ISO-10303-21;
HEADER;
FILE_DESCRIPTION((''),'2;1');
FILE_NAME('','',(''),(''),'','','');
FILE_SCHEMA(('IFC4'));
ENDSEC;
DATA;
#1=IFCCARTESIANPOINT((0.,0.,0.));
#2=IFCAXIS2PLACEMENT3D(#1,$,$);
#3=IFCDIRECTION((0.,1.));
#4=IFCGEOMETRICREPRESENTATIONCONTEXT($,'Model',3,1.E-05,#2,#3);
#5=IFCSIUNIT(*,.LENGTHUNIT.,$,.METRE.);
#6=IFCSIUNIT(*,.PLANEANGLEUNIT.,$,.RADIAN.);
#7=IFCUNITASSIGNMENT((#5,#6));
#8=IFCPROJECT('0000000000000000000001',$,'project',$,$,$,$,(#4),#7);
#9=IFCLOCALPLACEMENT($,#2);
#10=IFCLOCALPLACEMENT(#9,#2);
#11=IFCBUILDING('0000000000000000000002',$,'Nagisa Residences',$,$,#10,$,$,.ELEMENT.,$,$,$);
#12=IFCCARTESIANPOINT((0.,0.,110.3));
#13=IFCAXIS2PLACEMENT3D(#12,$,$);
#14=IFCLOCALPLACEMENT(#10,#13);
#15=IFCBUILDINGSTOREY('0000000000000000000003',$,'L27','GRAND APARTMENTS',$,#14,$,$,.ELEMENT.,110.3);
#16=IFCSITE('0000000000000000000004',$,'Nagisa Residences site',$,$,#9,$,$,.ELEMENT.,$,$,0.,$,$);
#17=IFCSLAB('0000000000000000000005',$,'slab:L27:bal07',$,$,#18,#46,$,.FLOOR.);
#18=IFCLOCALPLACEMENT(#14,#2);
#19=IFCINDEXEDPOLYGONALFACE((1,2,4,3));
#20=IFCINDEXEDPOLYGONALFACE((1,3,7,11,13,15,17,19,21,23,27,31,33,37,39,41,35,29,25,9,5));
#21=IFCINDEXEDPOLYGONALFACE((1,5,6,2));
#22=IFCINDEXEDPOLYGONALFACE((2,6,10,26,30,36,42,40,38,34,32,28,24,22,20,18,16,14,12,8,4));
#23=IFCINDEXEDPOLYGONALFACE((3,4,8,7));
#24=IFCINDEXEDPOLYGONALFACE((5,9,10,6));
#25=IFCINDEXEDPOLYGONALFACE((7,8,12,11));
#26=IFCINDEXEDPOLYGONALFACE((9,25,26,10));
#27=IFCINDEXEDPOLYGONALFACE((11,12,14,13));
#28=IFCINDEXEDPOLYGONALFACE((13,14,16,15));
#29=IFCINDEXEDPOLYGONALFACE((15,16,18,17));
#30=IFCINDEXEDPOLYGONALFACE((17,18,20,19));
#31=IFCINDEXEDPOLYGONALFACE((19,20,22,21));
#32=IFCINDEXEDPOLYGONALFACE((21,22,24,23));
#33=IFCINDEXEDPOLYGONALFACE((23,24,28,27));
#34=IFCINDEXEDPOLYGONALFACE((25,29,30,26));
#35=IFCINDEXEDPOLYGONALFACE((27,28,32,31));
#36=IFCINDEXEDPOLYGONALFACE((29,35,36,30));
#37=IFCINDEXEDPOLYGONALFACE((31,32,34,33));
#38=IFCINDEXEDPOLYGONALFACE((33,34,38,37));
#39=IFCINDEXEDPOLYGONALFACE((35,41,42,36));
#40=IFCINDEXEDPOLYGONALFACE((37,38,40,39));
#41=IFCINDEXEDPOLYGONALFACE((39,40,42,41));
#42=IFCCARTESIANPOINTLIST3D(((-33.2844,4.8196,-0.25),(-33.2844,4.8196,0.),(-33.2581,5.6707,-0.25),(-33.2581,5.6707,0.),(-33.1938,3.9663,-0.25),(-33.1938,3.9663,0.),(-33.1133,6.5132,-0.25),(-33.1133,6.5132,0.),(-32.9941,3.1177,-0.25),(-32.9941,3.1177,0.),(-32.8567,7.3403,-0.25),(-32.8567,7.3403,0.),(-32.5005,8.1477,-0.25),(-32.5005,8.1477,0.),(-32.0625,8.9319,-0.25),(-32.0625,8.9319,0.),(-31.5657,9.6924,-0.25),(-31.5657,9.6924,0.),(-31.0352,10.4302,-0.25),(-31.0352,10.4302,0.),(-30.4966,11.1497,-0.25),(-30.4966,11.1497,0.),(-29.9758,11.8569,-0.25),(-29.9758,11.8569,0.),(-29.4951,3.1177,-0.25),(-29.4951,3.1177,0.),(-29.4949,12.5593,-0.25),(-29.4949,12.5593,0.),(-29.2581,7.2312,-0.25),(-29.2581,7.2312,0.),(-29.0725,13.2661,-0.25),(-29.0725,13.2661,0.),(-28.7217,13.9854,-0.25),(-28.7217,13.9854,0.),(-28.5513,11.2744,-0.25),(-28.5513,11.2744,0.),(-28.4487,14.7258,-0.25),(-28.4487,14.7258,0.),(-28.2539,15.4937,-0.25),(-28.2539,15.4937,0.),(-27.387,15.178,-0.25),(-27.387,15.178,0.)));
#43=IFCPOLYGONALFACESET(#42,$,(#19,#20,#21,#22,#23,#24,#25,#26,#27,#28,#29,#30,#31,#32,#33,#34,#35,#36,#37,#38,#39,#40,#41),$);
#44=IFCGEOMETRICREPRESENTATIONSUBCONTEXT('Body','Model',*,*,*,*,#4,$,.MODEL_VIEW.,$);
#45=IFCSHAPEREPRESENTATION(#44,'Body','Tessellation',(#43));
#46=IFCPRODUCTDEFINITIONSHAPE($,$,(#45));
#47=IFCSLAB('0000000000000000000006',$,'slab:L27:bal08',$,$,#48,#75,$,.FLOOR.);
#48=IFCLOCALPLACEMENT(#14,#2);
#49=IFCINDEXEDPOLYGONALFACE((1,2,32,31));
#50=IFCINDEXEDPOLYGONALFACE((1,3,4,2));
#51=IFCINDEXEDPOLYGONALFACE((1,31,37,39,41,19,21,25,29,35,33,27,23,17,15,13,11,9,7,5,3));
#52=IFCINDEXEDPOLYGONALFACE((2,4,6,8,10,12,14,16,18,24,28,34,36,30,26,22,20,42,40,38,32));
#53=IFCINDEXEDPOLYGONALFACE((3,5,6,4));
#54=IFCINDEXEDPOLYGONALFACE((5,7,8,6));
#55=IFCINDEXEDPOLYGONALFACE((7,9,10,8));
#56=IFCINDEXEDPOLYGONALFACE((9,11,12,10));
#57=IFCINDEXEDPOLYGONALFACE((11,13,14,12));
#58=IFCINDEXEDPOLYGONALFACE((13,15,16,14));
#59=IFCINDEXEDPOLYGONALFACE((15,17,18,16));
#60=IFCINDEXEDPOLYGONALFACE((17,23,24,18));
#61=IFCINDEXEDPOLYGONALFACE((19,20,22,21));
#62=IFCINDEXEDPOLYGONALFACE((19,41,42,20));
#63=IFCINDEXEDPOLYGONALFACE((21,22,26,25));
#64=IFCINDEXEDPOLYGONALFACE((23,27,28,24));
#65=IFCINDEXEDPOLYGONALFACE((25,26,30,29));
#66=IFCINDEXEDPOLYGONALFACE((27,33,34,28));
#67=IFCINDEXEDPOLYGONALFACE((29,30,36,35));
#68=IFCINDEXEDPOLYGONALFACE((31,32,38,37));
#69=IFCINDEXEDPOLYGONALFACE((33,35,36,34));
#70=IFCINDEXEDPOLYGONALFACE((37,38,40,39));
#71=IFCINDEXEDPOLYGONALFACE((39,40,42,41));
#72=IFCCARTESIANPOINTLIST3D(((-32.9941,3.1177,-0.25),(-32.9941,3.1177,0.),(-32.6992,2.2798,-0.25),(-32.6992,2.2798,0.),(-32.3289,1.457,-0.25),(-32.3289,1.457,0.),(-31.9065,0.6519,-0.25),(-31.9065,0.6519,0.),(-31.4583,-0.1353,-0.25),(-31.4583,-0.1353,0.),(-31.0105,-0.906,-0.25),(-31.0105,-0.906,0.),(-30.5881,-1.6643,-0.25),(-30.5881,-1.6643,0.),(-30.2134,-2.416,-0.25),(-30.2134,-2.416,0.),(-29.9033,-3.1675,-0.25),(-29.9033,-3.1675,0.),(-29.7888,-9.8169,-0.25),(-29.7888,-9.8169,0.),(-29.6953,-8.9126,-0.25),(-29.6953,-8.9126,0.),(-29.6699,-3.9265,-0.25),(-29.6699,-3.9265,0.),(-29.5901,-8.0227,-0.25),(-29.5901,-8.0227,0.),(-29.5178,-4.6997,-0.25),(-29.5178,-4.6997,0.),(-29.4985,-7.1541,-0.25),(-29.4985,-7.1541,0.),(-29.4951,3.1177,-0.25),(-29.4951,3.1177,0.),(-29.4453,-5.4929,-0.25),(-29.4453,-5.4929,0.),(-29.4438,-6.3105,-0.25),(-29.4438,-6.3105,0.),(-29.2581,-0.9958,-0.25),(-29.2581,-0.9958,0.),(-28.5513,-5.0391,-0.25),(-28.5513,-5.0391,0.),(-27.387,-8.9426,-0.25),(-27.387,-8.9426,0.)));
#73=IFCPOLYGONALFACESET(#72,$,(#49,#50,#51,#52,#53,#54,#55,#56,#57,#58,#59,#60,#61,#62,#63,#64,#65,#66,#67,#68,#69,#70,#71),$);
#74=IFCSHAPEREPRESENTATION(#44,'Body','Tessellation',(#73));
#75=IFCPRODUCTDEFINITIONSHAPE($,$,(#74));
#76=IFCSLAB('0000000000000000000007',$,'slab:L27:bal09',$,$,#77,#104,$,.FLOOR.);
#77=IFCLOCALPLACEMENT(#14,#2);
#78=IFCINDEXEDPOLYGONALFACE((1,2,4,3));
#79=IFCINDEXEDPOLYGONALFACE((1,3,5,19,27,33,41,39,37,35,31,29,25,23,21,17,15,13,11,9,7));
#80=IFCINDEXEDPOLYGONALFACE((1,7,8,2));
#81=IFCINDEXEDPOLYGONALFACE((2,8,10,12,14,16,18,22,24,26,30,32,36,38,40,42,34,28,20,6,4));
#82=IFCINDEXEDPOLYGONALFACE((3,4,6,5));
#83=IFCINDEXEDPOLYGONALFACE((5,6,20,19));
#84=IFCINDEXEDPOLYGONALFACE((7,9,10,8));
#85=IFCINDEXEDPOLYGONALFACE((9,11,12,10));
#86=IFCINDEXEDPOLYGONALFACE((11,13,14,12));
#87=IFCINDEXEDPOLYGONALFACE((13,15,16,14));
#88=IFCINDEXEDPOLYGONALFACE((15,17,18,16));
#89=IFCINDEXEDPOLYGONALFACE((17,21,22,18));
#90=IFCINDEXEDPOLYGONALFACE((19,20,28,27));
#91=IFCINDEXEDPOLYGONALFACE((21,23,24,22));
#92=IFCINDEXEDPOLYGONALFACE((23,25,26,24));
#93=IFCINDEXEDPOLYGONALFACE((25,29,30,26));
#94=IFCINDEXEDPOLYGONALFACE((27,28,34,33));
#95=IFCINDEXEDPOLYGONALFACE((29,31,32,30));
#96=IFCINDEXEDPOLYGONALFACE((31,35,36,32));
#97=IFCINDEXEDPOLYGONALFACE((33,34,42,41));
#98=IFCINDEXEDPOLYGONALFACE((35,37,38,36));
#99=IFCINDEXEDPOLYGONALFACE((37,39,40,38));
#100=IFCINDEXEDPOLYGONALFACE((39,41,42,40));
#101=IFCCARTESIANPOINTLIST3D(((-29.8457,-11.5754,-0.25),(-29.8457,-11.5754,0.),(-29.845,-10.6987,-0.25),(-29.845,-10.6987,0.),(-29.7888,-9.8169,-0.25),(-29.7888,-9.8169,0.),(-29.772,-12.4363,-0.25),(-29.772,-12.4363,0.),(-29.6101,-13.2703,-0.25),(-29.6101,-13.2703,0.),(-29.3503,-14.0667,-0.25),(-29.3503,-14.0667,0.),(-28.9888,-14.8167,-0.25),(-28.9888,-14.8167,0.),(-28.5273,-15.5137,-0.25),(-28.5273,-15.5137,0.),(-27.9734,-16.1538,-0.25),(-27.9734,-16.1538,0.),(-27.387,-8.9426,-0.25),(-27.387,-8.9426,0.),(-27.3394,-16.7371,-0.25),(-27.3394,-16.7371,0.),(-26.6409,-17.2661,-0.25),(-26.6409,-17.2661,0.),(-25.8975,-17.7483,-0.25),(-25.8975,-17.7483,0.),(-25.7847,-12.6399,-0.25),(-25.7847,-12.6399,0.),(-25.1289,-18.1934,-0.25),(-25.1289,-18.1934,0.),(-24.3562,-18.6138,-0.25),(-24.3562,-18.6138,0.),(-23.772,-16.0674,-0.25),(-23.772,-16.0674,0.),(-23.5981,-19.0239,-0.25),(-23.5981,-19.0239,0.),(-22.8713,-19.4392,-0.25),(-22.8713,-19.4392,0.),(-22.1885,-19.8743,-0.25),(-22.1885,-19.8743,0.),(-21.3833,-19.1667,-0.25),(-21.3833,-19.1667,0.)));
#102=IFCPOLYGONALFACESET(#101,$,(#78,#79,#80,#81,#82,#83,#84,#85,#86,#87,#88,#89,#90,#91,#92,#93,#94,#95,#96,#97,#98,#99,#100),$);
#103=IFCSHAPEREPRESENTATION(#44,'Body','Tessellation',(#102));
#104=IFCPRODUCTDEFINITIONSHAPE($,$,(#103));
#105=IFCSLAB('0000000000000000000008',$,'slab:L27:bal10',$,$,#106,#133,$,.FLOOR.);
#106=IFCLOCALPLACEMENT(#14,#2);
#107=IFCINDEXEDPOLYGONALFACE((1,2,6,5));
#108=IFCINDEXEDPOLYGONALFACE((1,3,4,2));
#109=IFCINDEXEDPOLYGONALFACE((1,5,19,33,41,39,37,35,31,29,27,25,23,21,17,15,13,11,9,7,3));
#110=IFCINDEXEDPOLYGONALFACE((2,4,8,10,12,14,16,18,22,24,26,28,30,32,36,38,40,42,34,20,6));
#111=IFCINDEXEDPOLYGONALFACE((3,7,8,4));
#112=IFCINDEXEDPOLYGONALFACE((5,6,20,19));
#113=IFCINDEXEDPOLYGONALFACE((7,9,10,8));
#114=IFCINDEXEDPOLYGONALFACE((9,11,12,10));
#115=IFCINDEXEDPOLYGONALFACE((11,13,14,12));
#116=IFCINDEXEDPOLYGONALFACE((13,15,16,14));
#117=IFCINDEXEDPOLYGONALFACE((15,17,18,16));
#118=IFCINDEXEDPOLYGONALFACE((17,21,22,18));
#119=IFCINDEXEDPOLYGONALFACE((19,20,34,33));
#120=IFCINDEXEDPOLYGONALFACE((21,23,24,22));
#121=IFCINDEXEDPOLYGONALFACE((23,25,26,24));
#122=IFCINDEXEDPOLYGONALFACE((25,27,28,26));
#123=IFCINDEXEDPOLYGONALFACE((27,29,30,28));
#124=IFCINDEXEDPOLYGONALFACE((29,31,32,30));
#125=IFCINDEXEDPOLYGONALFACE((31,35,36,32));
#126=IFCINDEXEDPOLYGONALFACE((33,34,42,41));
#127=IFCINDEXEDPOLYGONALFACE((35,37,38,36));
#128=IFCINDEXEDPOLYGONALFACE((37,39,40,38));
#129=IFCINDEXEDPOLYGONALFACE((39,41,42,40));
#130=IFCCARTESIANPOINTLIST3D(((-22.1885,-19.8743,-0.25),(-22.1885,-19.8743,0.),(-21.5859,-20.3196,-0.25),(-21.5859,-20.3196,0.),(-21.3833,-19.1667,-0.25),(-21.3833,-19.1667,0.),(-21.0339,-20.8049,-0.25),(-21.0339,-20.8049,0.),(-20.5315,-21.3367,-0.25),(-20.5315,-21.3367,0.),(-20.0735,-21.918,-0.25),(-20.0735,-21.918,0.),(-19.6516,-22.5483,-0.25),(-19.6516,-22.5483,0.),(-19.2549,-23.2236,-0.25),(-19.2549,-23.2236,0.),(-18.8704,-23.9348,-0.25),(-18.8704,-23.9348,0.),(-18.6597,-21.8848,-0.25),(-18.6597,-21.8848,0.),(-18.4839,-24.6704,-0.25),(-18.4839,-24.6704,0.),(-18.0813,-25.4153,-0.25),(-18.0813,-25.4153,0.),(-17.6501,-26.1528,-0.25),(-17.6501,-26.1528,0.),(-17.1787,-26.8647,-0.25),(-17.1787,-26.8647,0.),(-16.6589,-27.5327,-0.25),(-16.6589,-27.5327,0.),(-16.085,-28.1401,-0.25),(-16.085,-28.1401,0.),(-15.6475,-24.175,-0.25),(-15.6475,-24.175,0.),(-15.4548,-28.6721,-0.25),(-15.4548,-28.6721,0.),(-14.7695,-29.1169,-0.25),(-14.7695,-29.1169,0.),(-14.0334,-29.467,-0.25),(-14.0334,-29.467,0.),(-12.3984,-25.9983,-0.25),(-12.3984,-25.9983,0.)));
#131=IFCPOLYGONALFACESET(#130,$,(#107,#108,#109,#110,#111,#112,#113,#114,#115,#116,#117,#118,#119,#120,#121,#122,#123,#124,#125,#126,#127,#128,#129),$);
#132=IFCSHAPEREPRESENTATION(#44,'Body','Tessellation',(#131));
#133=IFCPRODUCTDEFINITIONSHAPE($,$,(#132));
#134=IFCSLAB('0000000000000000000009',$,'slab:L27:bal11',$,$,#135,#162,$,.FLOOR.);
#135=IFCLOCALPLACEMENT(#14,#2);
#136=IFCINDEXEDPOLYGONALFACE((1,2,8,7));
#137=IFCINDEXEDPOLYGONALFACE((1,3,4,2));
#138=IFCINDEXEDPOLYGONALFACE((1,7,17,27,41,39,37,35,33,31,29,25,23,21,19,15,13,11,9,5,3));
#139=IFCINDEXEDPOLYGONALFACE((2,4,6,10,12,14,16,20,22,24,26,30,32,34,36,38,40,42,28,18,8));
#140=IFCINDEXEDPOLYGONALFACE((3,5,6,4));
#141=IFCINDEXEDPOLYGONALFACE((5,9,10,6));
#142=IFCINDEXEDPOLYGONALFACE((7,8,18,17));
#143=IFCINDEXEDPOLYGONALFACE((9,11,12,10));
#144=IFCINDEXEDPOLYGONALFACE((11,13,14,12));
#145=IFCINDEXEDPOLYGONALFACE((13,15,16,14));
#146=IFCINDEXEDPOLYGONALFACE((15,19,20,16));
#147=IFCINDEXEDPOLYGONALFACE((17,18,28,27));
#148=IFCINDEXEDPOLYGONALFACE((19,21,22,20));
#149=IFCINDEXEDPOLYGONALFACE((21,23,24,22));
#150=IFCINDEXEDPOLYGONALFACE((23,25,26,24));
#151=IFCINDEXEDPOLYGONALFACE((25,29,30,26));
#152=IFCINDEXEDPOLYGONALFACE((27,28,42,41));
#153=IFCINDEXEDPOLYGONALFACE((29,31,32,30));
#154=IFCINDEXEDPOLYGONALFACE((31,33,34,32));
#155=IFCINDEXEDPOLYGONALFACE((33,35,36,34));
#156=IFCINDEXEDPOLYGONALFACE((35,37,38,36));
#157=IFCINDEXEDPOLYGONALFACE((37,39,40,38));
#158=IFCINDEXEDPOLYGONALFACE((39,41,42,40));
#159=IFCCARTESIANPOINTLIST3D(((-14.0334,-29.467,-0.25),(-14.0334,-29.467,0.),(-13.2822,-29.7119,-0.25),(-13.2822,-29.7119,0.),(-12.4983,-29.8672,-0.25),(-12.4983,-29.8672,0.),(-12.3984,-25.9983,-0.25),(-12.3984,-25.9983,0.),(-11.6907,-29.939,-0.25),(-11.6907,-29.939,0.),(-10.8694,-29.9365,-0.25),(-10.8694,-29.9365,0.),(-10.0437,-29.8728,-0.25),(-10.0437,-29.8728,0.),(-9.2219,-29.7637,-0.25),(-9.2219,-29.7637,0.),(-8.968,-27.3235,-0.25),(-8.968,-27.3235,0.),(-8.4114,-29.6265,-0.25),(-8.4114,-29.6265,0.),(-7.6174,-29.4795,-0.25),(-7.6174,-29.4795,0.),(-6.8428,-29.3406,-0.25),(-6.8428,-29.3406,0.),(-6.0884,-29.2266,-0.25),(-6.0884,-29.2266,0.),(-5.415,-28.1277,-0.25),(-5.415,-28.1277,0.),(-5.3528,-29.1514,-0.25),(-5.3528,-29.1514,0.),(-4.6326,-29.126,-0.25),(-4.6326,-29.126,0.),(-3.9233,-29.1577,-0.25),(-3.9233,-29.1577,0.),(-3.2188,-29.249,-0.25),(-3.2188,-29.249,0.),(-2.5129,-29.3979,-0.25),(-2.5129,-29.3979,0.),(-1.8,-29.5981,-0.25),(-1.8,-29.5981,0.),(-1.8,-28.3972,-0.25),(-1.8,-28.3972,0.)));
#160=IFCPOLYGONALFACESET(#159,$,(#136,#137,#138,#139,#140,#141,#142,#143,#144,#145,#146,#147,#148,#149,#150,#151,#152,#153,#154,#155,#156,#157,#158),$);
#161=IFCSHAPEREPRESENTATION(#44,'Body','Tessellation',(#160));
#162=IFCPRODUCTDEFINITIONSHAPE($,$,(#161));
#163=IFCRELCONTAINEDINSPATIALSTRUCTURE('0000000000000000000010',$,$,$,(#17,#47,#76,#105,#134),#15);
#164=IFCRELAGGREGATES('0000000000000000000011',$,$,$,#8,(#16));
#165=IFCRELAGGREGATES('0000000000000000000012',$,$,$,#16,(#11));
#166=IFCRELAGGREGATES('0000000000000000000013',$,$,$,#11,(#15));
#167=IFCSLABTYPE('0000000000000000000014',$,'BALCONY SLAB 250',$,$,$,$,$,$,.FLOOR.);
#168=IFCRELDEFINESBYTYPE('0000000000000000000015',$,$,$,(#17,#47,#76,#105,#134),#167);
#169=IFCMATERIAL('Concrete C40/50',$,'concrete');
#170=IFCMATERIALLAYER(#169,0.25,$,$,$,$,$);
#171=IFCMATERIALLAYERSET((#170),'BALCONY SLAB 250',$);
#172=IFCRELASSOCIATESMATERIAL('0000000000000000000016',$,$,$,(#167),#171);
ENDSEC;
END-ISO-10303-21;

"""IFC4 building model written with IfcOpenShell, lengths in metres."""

from ifc_helpers import new_model, si_unit, direction, frame, origin, place, context, subcontext, project, spatial, polyline, outline, extrude, material, layer, layer_set, type_object, element, save


model = new_model("IFC4")

# Units and contexts
model_context = context("Model", 3, precision=1e-05, world=origin(), true_north=direction((0.0, 1.0)))
body_context = subcontext(model_context, "Body", "Model", "MODEL_VIEW")
ifc_project = project(units=[si_unit("LENGTHUNIT", "METRE"), si_unit("PLANEANGLEUNIT", "RADIAN")], contexts=[model_context])

# Site, building, storey
site_placement = place(None, origin())
site = spatial("IfcSite", under=ifc_project, at=site_placement, Name="Nagisa Residences site", CompositionType="ELEMENT", RefElevation=0.0)
building_placement = place(site_placement, origin())
building = spatial("IfcBuilding", under=site, at=building_placement, Name="Nagisa Residences", CompositionType="ELEMENT")
storey_placement = place(building_placement, frame((0.0, 0.0, 110.3)))
storey = spatial("IfcBuildingStorey", under=building, at=storey_placement, Name="L27", Description="GRAND APARTMENTS", CompositionType="ELEMENT", Elevation=110.3)

# Slabs
ifc_material_1 = material(Name="Concrete C40/50", Category="concrete")
ifc_layer_1 = layer(ifc_material_1, 0.25)
ifc_layer_set_1 = layer_set([ifc_layer_1], Name="BALCONY SLAB 250")
slab_type = type_object("IfcSlabType", Name="BALCONY SLAB 250", PredefinedType="FLOOR", material=ifc_layer_set_1)
slab_1_placement = place(storey_placement, frame((0.0, 0.0, -0.25)))
element("IfcSlab", 1, at=slab_1_placement, inside=storey, type_object=slab_type, Name="slab:L27:bal07", PredefinedType="FLOOR", context=body_context, shape_type="SweptSolid", body=[
    extrude(outline(polyline([(-28.2539, 15.4937), (-28.4487, 14.7258), (-28.7217, 13.9854), (-29.0725, 13.2661), (-29.4949, 12.5593), (-29.9758, 11.8569), (-30.4966, 11.1497), (-31.0352, 10.4302), (-31.5657, 9.6924), (-32.0625, 8.9319), (-32.5005, 8.1477), (-32.8567, 7.3403), (-33.1133, 6.5132), (-33.2581, 5.6707), (-33.2844, 4.8196), (-33.1938, 3.9663), (-32.9941, 3.1177), (-29.4951, 3.1177), (-29.2581, 7.2312), (-28.5513, 11.2744), (-27.387, 15.178), (-28.2539, 15.4937)])), origin(), (0.0, 0.0, 1.0), 0.25),
])
slab_2_placement = place(storey_placement, frame((0.0, 0.0, -0.25)))
element("IfcSlab", 2, at=slab_2_placement, inside=storey, type_object=slab_type, Name="slab:L27:bal08", PredefinedType="FLOOR", context=body_context, shape_type="SweptSolid", body=[
    extrude(outline(polyline([(-32.9941, 3.1177), (-32.6992, 2.2798), (-32.3289, 1.457), (-31.9065, 0.6519), (-31.4583, -0.1353), (-31.0105, -0.906), (-30.5881, -1.6643), (-30.2134, -2.416), (-29.9033, -3.1675), (-29.6699, -3.9265), (-29.5178, -4.6997), (-29.4453, -5.4929), (-29.4438, -6.3105), (-29.4985, -7.1541), (-29.5901, -8.0227), (-29.6953, -8.9126), (-29.7888, -9.8169), (-27.387, -8.9426), (-28.5513, -5.0391), (-29.2581, -0.9958), (-29.4951, 3.1177), (-32.9941, 3.1177)])), origin(), (0.0, 0.0, 1.0), 0.25),
])
slab_3_placement = place(storey_placement, frame((0.0, 0.0, -0.25)))
element("IfcSlab", 3, at=slab_3_placement, inside=storey, type_object=slab_type, Name="slab:L27:bal09", PredefinedType="FLOOR", context=body_context, shape_type="SweptSolid", body=[
    extrude(outline(polyline([(-29.7888, -9.8169), (-29.845, -10.6987), (-29.8457, -11.5754), (-29.772, -12.4363), (-29.6101, -13.2703), (-29.3503, -14.0667), (-28.9888, -14.8167), (-28.5273, -15.5137), (-27.9734, -16.1538), (-27.3394, -16.7371), (-26.6409, -17.2661), (-25.8975, -17.7483), (-25.1289, -18.1934), (-24.3562, -18.6138), (-23.5981, -19.0239), (-22.8713, -19.4392), (-22.1885, -19.8743), (-21.3833, -19.1667), (-23.772, -16.0674), (-25.7847, -12.6399), (-27.387, -8.9426), (-29.7888, -9.8169)])), origin(), (0.0, 0.0, 1.0), 0.25),
])
slab_4_placement = place(storey_placement, frame((0.0, 0.0, -0.25)))
element("IfcSlab", 4, at=slab_4_placement, inside=storey, type_object=slab_type, Name="slab:L27:bal10", PredefinedType="FLOOR", context=body_context, shape_type="SweptSolid", body=[
    extrude(outline(polyline([(-22.1885, -19.8743), (-21.5859, -20.3196), (-21.0339, -20.8049), (-20.5315, -21.3367), (-20.0735, -21.918), (-19.6516, -22.5483), (-19.2549, -23.2236), (-18.8704, -23.9348), (-18.4839, -24.6704), (-18.0813, -25.4153), (-17.6501, -26.1528), (-17.1787, -26.8647), (-16.6589, -27.5327), (-16.085, -28.1401), (-15.4548, -28.6721), (-14.7695, -29.1169), (-14.0334, -29.467), (-12.3984, -25.9983), (-15.6475, -24.175), (-18.6597, -21.8848), (-21.3833, -19.1667), (-22.1885, -19.8743)])), origin(), (0.0, 0.0, 1.0), 0.25),
])
slab_5_placement = place(storey_placement, frame((0.0, 0.0, -0.25)))
element("IfcSlab", 5, at=slab_5_placement, inside=storey, type_object=slab_type, Name="slab:L27:bal11", PredefinedType="FLOOR", context=body_context, shape_type="SweptSolid", body=[
    extrude(outline(polyline([(-14.0334, -29.467), (-13.2822, -29.7119), (-12.4983, -29.8672), (-11.6907, -29.939), (-10.8694, -29.9365), (-10.0437, -29.8728), (-9.2219, -29.7637), (-8.4114, -29.6265), (-7.6174, -29.4795), (-6.8428, -29.3406), (-6.0884, -29.2266), (-5.3528, -29.1514), (-4.6326, -29.126), (-3.9233, -29.1577), (-3.2188, -29.249), (-2.5129, -29.3979), (-1.8, -29.5981), (-1.8, -28.3972), (-5.415, -28.1277), (-8.968, -27.3235), (-12.3984, -25.9983), (-14.0334, -29.467)])), origin(), (0.0, 0.0, 1.0), 0.25),
])

save(model, "model.ifc")
